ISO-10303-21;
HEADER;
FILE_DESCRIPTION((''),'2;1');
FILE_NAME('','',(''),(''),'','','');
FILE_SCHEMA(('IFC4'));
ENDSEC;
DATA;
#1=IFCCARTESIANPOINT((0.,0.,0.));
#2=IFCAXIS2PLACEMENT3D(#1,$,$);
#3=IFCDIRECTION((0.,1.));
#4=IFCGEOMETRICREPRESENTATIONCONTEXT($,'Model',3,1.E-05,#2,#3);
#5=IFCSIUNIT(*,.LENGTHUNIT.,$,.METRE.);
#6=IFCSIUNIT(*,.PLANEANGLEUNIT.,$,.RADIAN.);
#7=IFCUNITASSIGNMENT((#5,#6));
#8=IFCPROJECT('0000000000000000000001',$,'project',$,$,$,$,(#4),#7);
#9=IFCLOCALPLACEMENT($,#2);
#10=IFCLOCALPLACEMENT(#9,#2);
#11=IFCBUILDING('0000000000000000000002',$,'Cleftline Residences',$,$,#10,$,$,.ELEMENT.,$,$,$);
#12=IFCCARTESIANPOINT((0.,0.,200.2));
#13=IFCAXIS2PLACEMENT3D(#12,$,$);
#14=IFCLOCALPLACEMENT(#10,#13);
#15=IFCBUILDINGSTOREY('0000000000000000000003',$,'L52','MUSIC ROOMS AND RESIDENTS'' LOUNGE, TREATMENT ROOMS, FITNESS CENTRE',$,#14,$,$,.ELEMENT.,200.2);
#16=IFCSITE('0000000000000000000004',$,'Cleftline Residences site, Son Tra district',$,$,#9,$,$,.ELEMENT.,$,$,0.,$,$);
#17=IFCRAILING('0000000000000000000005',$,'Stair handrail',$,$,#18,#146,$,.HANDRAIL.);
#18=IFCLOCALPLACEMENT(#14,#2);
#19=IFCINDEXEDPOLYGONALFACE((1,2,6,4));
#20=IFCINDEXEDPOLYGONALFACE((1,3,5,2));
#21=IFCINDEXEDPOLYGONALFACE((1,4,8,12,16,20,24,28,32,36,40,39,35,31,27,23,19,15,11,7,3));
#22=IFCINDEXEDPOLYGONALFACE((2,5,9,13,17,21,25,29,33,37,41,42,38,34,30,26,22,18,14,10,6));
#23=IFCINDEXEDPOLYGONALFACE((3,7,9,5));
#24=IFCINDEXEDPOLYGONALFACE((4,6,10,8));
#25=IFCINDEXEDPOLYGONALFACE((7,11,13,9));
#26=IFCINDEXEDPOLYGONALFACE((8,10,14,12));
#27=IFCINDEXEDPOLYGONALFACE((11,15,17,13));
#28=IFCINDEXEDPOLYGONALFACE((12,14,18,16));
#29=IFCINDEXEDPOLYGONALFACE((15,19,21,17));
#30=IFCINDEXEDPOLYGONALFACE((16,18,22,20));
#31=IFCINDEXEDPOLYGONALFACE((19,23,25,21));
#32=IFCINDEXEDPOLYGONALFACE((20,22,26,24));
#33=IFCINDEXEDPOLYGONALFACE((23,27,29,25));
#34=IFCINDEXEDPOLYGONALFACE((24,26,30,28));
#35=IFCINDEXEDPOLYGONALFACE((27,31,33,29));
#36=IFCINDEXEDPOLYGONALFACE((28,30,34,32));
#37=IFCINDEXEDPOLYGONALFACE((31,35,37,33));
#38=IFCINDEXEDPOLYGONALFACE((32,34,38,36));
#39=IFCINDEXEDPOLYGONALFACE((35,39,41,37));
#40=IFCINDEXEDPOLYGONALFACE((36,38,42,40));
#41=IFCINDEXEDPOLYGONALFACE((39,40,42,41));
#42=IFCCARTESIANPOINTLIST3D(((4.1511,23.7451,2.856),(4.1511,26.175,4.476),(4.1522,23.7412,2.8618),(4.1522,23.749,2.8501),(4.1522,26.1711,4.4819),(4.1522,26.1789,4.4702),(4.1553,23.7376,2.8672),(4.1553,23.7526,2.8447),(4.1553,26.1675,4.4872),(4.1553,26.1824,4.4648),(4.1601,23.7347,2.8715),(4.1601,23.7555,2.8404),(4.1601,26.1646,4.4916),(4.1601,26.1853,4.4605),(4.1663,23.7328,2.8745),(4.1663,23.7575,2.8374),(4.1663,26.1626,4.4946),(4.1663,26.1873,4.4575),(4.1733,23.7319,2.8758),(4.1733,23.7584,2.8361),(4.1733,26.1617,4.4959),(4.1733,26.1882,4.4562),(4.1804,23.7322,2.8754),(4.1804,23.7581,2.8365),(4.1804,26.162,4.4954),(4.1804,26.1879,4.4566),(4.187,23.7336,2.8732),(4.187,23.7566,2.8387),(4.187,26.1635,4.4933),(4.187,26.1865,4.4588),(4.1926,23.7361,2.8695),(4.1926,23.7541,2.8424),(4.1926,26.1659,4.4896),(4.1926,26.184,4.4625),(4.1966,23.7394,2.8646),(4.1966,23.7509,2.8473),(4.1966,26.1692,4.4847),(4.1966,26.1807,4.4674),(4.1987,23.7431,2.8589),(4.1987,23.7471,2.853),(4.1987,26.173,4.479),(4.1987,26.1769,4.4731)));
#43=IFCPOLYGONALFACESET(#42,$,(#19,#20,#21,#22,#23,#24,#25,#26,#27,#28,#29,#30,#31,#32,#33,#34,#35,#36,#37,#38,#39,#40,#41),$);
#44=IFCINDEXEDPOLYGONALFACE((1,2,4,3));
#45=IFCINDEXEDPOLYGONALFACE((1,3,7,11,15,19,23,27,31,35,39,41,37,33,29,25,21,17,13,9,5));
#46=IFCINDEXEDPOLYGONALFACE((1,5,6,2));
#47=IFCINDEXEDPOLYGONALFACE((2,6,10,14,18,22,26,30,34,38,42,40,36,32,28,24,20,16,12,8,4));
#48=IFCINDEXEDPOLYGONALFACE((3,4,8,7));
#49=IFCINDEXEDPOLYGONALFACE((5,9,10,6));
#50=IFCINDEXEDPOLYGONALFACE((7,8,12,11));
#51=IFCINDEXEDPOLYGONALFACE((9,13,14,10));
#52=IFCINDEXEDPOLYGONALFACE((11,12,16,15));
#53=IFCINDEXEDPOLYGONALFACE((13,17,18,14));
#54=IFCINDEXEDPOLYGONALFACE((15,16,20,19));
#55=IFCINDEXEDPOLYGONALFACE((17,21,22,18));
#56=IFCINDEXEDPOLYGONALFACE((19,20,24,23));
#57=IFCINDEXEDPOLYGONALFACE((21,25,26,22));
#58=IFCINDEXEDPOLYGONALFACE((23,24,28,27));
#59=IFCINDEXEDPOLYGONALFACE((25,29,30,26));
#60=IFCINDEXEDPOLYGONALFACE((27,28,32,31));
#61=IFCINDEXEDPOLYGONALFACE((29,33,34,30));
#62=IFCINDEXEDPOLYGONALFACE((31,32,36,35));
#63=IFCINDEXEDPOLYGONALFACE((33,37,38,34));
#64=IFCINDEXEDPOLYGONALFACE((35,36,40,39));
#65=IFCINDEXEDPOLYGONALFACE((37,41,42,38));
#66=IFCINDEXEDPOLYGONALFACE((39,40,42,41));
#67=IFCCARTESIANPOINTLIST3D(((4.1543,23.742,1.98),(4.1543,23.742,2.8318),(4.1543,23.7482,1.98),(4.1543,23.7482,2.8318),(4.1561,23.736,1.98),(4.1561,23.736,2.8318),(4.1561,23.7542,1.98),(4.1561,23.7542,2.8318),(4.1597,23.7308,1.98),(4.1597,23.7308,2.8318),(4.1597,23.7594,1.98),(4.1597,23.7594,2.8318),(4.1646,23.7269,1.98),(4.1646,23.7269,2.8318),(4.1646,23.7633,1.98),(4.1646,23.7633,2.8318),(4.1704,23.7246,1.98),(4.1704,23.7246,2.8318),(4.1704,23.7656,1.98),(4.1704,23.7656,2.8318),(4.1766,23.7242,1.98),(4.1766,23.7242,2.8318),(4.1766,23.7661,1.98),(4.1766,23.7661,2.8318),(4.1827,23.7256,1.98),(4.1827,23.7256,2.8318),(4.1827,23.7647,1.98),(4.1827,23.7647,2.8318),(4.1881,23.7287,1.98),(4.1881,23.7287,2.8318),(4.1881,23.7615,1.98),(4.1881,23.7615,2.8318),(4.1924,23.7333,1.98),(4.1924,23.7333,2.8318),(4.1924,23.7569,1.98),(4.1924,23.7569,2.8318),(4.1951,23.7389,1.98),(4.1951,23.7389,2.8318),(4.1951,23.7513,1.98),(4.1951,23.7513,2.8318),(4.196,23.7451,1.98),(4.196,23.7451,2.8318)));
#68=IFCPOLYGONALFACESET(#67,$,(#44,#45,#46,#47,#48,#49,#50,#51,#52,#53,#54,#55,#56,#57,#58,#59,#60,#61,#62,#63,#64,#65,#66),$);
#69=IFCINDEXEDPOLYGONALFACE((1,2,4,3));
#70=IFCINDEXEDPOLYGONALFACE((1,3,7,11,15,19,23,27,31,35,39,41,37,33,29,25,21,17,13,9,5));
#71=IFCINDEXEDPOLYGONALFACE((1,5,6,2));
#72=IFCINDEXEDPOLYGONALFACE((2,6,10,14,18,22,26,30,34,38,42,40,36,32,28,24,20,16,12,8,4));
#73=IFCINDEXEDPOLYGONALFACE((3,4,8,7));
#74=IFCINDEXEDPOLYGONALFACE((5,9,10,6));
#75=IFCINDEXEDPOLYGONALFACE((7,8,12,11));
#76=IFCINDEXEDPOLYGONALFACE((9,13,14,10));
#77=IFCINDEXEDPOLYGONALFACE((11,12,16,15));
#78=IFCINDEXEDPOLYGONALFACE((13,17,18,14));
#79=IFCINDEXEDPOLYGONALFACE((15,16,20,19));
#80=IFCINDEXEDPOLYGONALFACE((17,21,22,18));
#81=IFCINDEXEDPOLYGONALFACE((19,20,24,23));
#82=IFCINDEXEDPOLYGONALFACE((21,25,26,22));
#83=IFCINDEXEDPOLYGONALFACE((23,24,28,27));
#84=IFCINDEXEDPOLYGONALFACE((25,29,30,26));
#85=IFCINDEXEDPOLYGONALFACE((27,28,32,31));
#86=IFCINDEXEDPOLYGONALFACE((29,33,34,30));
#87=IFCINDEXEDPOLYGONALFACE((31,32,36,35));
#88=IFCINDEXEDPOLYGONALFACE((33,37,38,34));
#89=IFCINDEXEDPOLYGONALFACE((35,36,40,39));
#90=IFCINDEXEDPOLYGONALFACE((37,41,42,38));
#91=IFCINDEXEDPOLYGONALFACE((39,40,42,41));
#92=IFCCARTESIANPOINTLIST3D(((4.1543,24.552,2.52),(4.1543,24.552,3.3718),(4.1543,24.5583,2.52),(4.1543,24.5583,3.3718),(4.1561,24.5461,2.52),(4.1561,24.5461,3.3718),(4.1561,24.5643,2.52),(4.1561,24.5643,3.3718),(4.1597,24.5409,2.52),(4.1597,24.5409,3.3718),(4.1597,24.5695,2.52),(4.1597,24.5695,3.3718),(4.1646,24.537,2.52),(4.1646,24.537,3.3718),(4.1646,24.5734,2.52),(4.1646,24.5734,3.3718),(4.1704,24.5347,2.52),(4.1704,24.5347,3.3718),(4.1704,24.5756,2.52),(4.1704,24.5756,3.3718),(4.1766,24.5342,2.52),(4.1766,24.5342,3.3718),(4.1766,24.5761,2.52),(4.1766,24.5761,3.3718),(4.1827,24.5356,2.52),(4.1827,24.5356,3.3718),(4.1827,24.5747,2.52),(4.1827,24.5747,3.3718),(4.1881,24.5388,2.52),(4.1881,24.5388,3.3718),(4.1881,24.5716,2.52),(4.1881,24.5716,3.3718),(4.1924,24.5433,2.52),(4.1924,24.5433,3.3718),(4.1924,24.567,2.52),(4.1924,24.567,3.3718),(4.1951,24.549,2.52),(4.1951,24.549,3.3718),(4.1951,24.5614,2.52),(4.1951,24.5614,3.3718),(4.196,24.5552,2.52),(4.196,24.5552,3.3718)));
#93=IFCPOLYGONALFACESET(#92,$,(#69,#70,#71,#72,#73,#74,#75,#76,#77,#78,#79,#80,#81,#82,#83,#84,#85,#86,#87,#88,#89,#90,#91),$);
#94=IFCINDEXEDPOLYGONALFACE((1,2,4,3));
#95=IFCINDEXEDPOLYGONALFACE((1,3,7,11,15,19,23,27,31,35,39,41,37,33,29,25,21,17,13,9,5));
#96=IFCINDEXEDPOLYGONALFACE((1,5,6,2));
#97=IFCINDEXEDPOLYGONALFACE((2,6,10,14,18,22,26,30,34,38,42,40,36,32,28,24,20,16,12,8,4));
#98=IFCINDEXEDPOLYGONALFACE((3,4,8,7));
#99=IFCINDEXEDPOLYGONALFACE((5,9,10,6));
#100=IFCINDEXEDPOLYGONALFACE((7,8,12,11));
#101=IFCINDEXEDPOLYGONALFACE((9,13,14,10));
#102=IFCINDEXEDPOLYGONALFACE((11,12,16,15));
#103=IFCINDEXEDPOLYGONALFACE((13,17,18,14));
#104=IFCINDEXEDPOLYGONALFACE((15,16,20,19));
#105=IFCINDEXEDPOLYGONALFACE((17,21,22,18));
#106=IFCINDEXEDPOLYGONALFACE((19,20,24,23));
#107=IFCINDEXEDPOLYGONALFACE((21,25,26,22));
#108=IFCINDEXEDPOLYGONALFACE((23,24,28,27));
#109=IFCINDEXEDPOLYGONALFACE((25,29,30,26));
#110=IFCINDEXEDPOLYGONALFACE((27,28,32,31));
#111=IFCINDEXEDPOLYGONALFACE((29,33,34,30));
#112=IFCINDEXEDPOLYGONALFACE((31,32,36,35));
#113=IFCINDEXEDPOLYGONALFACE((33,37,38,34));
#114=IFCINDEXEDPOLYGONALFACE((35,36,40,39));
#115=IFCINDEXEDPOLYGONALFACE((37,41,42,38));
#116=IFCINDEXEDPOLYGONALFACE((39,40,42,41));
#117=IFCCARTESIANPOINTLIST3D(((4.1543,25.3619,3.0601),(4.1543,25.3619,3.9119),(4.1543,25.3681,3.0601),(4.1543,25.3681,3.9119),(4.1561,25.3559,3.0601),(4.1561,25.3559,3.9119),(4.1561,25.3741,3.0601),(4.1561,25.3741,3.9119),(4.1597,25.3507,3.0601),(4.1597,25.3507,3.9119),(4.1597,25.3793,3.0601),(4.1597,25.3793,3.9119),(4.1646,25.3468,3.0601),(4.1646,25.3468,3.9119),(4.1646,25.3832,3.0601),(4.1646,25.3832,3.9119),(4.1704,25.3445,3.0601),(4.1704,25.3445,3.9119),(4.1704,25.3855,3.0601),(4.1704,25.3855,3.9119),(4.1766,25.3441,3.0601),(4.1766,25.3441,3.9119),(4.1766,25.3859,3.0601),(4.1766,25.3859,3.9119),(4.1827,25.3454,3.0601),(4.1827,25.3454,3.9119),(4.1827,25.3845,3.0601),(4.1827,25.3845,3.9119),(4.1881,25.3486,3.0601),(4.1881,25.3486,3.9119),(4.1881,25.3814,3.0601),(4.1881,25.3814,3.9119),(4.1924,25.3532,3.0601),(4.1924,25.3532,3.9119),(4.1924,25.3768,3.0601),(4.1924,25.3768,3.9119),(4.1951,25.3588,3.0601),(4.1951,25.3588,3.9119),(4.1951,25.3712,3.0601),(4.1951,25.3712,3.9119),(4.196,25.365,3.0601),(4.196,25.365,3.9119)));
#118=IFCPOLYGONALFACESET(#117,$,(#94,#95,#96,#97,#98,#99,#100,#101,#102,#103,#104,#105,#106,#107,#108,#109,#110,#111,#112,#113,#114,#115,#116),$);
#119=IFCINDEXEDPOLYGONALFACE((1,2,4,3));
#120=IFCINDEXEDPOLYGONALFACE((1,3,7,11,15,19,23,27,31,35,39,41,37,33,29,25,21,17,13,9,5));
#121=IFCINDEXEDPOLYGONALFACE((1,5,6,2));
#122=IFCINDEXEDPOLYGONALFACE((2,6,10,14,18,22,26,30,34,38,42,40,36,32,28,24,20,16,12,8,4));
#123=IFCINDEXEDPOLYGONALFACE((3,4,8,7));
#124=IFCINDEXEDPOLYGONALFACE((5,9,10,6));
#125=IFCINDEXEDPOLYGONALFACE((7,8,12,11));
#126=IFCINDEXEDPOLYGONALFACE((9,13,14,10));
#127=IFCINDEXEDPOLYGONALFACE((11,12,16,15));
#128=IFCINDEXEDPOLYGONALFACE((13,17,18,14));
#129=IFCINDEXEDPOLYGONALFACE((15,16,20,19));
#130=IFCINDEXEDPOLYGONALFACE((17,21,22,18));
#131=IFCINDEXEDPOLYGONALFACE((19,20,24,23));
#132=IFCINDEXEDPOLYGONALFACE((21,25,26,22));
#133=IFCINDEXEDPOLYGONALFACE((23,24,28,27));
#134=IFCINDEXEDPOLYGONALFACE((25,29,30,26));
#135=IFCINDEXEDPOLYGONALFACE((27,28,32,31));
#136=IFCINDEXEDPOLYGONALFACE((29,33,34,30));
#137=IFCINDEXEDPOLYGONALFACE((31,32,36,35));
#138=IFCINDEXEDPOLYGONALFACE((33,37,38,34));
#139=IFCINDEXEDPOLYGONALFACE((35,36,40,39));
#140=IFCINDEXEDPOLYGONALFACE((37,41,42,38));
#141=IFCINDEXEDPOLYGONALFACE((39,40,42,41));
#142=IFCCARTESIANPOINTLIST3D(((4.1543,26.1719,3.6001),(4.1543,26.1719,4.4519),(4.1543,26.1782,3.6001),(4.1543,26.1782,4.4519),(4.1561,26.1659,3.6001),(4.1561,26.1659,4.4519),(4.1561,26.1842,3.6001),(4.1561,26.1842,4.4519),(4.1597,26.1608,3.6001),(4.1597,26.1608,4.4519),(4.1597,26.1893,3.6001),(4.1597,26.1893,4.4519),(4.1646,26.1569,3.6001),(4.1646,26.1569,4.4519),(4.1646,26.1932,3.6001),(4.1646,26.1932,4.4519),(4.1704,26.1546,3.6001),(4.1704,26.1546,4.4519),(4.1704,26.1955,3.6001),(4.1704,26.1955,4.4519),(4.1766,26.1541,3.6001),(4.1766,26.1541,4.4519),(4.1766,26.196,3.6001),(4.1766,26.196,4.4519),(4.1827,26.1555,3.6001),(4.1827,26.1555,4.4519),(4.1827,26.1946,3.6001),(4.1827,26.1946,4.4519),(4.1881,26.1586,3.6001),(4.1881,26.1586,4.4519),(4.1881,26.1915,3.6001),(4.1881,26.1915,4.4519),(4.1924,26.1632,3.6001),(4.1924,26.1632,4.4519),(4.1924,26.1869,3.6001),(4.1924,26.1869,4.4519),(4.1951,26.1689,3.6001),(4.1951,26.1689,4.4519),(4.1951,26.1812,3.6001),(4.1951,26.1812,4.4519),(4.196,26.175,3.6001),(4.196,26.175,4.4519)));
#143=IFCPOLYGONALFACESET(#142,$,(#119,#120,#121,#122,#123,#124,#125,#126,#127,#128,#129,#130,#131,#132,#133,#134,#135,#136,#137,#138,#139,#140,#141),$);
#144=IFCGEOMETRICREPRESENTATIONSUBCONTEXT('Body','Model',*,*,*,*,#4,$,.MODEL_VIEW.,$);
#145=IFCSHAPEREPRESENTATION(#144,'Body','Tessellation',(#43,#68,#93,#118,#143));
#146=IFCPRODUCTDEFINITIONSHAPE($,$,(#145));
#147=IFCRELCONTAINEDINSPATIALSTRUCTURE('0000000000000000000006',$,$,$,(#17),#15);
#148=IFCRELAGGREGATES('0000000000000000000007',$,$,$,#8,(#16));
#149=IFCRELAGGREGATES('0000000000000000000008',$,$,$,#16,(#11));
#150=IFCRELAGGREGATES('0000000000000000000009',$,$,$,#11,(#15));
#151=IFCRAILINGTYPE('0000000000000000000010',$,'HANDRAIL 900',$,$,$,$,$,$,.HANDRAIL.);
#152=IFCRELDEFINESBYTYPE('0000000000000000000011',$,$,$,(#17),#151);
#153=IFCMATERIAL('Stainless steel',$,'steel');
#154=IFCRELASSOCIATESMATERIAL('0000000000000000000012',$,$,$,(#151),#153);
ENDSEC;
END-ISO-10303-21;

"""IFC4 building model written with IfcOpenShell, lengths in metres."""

from ifc_helpers import new_model, si_unit, direction, frame, origin, origin_2d, place, context, subcontext, project, spatial, circle, extrude, material, type_object, element, save


model = new_model("IFC4")

# Units and contexts
model_context = context("Model", 3, precision=1e-05, world=origin(), true_north=direction((0.0, 1.0)))
body_context = subcontext(model_context, "Body", "Model", "MODEL_VIEW")
ifc_project = project(units=[si_unit("LENGTHUNIT", "METRE"), si_unit("PLANEANGLEUNIT", "RADIAN")], contexts=[model_context])

# Site, building, storey
site_placement = place(None, origin())
site = spatial("IfcSite", under=ifc_project, at=site_placement, Name="Cleftline Residences site, Son Tra district", CompositionType="ELEMENT", RefElevation=0.0)
building_placement = place(site_placement, origin())
building = spatial("IfcBuilding", under=site, at=building_placement, Name="Cleftline Residences", CompositionType="ELEMENT")
storey_placement = place(building_placement, frame((0.0, 0.0, 200.2)))
storey = spatial("IfcBuildingStorey", under=building, at=storey_placement, Name="L52", Description="MUSIC ROOMS AND RESIDENTS' LOUNGE, TREATMENT ROOMS, FITNESS CENTRE", CompositionType="ELEMENT", Elevation=200.2)

# Railing
ifc_material_1 = material(Name="Stainless steel", Category="steel")
railing_type = type_object("IfcRailingType", Name="HANDRAIL 900", PredefinedType="HANDRAIL", material=ifc_material_1)
railing_1_placement = place(storey_placement, frame((4.175, 23.7451, 1.98)))
element("IfcRailing", 1, at=railing_1_placement, inside=storey, type_object=railing_type, Name="Stair handrail", PredefinedType="HANDRAIL", context=body_context, shape_type="SweptSolid", body=[
    extrude(circle(Radius=0.0239, at=origin_2d()), frame((0.0, 0.0, 0.876), z_axis=(0.0, 0.832025, 0.554739), x_axis=(-1.0, 0.0, 0.0)), (0.0, 0.0, 1.0), 2.9204),
    extrude(circle(Radius=0.021, at=origin_2d()), origin(), (0.0, 0.0, 1.0), 0.8518),
    extrude(circle(Radius=0.021, at=origin_2d()), frame((0.0, 0.8101, 0.54)), (0.0, 0.0, 1.0), 0.8518),
    extrude(circle(Radius=0.021, at=origin_2d()), frame((0.0, 1.6199, 1.0801)), (0.0, 0.0, 1.0), 0.8518),
    extrude(circle(Radius=0.021, at=origin_2d()), frame((0.0, 2.4299, 1.6201)), (0.0, 0.0, 1.0), 0.8518),
])

save(model, "model.ifc")
